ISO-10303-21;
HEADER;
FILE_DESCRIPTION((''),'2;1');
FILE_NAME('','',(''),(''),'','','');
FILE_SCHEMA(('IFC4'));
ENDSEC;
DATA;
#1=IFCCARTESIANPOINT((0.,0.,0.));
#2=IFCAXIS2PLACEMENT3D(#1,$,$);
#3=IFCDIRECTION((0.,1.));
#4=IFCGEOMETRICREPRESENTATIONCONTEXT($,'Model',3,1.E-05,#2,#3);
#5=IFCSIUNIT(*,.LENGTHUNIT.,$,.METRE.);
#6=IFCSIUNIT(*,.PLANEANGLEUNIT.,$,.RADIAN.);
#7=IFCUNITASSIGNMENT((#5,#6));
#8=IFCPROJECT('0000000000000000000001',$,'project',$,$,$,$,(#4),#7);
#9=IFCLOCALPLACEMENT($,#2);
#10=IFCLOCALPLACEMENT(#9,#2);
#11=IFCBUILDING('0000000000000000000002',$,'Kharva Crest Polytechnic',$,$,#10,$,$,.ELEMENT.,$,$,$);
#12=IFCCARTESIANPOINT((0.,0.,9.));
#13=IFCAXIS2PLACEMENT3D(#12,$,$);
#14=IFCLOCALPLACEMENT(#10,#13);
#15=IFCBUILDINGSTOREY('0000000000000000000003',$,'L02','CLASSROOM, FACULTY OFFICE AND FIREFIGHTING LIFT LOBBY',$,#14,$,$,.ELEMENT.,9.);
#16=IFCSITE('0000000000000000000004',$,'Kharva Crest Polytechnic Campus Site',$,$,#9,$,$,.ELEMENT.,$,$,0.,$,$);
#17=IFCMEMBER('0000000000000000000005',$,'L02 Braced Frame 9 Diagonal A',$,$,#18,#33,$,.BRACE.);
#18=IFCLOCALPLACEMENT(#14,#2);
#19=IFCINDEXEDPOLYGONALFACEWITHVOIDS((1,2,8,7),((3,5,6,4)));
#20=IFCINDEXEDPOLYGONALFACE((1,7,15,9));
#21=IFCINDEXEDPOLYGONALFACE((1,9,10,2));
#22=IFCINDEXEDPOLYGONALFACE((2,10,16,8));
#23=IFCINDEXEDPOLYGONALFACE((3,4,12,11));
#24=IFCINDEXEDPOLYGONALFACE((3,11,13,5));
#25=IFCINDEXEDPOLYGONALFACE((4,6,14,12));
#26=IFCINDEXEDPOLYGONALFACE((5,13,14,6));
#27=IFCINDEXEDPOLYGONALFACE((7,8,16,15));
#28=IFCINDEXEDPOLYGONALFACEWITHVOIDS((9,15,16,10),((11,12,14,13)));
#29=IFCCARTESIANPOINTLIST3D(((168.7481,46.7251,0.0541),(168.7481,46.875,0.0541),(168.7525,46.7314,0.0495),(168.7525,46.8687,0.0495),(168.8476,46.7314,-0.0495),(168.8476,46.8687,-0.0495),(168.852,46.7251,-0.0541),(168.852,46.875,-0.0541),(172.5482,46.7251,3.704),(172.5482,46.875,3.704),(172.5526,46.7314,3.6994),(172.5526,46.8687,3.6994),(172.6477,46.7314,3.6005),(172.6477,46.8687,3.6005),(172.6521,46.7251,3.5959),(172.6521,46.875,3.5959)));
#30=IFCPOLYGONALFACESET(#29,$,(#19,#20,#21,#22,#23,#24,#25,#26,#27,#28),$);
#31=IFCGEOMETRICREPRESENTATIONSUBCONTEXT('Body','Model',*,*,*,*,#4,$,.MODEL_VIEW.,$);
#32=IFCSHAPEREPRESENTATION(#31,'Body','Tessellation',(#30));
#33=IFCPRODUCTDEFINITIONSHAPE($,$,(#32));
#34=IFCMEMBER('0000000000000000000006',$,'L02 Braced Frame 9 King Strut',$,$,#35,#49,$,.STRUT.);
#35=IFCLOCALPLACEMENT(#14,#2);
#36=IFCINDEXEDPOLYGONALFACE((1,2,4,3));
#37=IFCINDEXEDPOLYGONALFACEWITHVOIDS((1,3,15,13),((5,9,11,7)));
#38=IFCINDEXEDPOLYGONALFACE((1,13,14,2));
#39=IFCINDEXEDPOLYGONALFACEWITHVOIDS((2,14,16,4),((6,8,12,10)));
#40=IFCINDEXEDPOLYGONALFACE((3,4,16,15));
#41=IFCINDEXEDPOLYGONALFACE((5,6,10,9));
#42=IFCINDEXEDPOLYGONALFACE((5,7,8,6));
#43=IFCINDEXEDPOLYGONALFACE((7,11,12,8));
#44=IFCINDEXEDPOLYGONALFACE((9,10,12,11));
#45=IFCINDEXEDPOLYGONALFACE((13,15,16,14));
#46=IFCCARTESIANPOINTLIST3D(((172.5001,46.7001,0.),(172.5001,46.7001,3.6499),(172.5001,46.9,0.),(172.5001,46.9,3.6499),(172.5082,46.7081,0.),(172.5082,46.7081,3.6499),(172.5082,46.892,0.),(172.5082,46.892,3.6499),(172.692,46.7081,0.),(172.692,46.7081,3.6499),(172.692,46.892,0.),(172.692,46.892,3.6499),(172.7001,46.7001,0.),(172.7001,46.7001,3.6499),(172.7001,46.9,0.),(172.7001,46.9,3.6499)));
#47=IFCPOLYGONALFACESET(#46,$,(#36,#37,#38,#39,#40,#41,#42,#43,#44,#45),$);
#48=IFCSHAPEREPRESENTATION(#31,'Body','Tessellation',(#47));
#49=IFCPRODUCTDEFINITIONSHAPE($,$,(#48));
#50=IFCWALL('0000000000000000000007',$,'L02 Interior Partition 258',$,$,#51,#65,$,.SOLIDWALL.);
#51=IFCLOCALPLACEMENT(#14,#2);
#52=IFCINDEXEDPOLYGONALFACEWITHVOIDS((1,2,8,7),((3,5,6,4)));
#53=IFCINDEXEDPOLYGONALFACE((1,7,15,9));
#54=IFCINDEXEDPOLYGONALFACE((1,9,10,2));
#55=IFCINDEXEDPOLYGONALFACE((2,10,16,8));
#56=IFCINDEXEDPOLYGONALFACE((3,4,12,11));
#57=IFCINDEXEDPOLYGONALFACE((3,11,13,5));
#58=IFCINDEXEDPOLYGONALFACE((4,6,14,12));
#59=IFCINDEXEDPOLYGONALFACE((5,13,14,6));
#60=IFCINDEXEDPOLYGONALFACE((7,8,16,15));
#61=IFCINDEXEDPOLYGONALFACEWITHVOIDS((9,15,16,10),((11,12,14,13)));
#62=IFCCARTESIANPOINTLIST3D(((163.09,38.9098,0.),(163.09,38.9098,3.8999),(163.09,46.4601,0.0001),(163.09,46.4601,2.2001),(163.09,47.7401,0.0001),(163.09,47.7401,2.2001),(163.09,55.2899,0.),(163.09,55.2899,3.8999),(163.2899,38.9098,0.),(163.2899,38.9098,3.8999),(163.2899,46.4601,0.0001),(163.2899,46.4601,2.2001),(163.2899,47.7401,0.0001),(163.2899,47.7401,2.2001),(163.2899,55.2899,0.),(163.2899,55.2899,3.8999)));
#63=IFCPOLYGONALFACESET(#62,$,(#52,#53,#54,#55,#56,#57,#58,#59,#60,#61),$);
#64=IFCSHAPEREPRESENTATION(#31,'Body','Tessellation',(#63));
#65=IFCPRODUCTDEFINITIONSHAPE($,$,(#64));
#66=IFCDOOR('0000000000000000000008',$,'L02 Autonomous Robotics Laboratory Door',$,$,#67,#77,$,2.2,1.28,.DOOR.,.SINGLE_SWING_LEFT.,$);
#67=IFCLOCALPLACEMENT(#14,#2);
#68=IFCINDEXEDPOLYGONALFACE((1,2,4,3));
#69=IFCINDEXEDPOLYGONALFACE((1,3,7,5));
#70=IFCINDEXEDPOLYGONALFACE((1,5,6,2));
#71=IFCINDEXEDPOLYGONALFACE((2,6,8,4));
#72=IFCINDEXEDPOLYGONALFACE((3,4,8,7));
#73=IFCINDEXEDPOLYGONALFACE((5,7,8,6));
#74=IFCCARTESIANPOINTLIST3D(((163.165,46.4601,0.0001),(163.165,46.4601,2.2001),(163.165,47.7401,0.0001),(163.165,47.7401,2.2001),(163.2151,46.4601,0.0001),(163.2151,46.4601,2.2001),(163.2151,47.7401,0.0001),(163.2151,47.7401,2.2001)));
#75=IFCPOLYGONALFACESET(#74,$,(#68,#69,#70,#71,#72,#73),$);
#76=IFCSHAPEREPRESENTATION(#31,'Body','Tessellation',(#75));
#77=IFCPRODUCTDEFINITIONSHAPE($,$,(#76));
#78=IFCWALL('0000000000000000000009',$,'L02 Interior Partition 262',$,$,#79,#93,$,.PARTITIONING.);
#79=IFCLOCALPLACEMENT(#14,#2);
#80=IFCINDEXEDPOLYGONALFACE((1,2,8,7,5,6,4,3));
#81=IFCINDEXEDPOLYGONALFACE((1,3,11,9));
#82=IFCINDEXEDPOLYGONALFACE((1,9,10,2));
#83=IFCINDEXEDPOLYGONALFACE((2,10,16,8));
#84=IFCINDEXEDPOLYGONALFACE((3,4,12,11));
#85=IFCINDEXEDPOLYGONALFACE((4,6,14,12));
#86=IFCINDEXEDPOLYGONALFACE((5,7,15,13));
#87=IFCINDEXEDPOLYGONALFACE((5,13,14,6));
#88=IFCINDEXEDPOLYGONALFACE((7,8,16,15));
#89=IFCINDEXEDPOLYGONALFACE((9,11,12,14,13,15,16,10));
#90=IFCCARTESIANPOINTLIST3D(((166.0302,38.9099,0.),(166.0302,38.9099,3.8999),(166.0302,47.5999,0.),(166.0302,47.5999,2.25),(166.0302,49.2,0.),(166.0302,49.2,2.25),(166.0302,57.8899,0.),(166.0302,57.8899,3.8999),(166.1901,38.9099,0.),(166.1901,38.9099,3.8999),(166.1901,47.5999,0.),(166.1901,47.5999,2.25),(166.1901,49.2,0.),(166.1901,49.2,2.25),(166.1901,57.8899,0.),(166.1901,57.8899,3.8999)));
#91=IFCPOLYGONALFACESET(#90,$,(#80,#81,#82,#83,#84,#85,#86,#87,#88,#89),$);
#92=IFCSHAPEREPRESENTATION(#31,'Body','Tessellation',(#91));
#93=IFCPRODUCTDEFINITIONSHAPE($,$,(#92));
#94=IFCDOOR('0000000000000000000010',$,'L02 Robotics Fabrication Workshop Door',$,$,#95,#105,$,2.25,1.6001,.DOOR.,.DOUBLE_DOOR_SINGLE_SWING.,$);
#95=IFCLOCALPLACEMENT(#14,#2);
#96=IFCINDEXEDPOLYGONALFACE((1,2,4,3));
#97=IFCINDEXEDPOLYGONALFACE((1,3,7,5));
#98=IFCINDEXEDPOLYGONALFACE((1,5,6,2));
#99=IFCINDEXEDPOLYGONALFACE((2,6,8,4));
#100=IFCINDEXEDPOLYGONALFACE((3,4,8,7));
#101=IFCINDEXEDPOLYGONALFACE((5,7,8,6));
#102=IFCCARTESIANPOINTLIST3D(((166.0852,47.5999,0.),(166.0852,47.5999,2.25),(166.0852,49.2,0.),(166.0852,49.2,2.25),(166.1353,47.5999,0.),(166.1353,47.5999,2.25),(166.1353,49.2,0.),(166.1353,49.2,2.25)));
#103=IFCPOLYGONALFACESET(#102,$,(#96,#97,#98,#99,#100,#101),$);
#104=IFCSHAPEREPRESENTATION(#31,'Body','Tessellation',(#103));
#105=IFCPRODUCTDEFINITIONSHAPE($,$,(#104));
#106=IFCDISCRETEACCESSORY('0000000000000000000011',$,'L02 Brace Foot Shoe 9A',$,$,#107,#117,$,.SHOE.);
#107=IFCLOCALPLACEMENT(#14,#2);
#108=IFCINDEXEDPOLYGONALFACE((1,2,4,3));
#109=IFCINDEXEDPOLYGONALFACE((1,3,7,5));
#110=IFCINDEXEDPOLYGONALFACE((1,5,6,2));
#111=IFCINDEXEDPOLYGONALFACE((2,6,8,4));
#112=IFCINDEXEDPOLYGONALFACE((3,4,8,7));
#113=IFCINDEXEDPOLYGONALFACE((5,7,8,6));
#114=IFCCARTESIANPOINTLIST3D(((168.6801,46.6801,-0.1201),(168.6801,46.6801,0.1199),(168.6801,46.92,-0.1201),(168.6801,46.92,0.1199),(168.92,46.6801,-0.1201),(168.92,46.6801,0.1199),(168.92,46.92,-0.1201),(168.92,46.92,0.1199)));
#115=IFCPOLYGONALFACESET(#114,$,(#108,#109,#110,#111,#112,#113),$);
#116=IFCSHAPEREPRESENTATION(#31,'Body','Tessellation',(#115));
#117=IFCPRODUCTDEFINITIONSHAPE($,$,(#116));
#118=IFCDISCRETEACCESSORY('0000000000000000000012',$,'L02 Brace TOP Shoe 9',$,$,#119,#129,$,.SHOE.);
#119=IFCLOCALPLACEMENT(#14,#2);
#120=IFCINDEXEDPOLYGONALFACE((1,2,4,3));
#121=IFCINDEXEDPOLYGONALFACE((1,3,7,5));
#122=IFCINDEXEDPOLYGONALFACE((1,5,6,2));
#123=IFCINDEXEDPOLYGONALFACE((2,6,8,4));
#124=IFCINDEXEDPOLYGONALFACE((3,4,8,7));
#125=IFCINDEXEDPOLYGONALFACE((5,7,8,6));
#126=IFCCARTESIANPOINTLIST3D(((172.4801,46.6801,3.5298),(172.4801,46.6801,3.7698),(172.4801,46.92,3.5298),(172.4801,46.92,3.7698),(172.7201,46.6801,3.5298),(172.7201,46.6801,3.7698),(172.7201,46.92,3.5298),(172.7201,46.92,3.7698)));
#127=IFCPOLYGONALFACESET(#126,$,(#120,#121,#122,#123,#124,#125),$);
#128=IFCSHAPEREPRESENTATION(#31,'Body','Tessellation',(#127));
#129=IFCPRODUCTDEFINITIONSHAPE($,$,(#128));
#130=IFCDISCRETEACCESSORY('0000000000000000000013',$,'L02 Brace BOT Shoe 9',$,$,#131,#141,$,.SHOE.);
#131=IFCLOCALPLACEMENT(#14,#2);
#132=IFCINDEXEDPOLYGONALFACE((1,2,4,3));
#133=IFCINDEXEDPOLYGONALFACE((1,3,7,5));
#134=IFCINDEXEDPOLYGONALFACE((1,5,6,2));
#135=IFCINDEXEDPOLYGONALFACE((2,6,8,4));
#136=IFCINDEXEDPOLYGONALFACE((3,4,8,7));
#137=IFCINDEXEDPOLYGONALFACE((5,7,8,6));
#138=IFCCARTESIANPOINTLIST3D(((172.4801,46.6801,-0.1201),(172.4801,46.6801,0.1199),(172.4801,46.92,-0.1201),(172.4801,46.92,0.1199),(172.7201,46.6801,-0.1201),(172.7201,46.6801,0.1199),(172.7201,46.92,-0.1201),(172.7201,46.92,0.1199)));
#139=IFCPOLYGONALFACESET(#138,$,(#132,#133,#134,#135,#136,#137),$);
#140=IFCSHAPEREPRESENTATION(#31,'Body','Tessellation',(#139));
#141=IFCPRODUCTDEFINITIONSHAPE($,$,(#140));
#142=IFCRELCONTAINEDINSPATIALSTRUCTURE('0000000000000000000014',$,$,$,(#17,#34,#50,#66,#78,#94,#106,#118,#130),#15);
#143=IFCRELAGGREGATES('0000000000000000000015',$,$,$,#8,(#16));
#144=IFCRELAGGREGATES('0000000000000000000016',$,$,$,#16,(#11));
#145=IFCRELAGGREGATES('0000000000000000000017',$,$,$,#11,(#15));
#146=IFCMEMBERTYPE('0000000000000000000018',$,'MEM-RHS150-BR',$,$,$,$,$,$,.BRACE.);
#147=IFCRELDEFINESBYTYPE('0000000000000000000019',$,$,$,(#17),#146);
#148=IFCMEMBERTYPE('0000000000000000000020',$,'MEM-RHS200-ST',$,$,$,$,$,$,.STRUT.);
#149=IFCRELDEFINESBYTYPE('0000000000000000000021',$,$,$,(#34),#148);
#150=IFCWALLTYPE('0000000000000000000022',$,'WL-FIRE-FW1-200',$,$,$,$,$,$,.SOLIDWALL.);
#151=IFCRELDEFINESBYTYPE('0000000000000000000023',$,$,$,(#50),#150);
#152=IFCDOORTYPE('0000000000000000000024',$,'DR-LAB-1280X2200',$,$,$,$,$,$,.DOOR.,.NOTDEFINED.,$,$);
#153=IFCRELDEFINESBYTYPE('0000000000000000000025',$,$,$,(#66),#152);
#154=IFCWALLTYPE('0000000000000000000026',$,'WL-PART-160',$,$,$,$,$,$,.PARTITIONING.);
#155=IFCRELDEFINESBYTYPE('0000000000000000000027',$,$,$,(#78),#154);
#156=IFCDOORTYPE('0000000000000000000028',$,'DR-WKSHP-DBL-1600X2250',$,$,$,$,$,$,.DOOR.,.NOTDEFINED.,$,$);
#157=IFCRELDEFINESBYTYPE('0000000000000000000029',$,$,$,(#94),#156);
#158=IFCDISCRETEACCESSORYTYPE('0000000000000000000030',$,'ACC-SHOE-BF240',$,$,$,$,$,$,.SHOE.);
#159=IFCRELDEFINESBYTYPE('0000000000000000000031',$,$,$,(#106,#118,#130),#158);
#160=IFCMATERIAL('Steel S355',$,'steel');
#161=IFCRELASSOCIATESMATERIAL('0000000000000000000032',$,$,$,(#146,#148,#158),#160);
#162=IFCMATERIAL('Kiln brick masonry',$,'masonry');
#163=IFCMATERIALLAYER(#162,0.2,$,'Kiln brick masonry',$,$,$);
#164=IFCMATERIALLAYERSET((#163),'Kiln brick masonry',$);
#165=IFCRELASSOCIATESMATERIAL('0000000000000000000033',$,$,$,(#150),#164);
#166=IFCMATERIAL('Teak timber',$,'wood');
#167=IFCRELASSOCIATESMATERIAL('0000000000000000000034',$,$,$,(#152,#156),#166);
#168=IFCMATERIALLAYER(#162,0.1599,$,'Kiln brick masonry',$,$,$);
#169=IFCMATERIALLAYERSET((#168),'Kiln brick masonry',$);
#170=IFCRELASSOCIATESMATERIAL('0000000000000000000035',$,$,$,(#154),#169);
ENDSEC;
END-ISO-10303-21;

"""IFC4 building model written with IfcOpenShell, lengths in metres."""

from ifc_helpers import new_model, si_unit, direction, frame, frame_2d, origin, origin_2d, place, context, subcontext, project, spatial, rectangle, hollow_rectangle, extrude, material, layer, layer_set, material_profile, profile_set, type_object, element, fill, save


model = new_model("IFC4")

# Units and contexts
model_context = context("Model", 3, precision=1e-05, world=origin(), true_north=direction((0.0, 1.0)))
body_context = subcontext(model_context, "Body", "Model", "MODEL_VIEW")
ifc_project = project(units=[si_unit("LENGTHUNIT", "METRE"), si_unit("PLANEANGLEUNIT", "RADIAN")], contexts=[model_context])

# Site, building, storey
site_placement = place(None, origin())
site = spatial("IfcSite", under=ifc_project, at=site_placement, Name="Kharva Crest Polytechnic Campus Site", CompositionType="ELEMENT", RefElevation=0.0)
building_placement = place(site_placement, origin())
building = spatial("IfcBuilding", under=site, at=building_placement, Name="Kharva Crest Polytechnic", CompositionType="ELEMENT")
storey_placement = place(building_placement, frame((0.0, 0.0, 9.0)))
storey = spatial("IfcBuildingStorey", under=building, at=storey_placement, Name="L02", Description="CLASSROOM, FACULTY OFFICE AND FIREFIGHTING LIFT LOBBY", CompositionType="ELEMENT", Elevation=9.0)

# Members
ifc_material_1 = material(Name="Steel S355", Category="steel")
ifc_material_profile_1 = material_profile(ifc_material_1, hollow_rectangle(XDim=0.1499, YDim=0.1499, WallThickness=0.0063, at=origin_2d()), Name="RHS 150X150X6.3")
ifc_profile_set_1 = profile_set([ifc_material_profile_1], Name="Steel S355")
member_type_1 = type_object("IfcMemberType", Name="MEM-RHS150-BR", PredefinedType="BRACE", material=ifc_profile_set_1)
member_1_placement = place(storey_placement, frame((168.8, 46.8, 0.0), z_axis=(0.721211, 0.0, 0.692715), x_axis=(0.0, 1.0, 0.0)))
element("IfcMember", 1, at=member_1_placement, inside=storey, type_object=member_type_1, Name="L02 Braced Frame 9 Diagonal A", PredefinedType="BRACE", context=body_context, shape_type="SweptSolid", body=[
    extrude(hollow_rectangle(XDim=0.1499, YDim=0.1499, WallThickness=0.0063, at=origin_2d()), origin(), (0.0, 0.0, 1.0), 5.269),
])
ifc_material_profile_2 = material_profile(ifc_material_1, hollow_rectangle(XDim=0.2, YDim=0.2, WallThickness=0.0081, at=origin_2d()), Name="RHS 200X200X8.0")
ifc_profile_set_2 = profile_set([ifc_material_profile_2], Name="Steel S355")
member_type_2 = type_object("IfcMemberType", Name="MEM-RHS200-ST", PredefinedType="STRUT", material=ifc_profile_set_2)
member_2_placement = place(storey_placement, frame((172.6001, 46.8, 0.0), z_axis=(0.0, 0.0, 1.0), x_axis=(1.0, 0.0, 0.0)))
element("IfcMember", 2, at=member_2_placement, inside=storey, type_object=member_type_2, Name="L02 Braced Frame 9 King Strut", PredefinedType="STRUT", context=body_context, shape_type="SweptSolid", body=[
    extrude(hollow_rectangle(XDim=0.2, YDim=0.2, WallThickness=0.0081, at=origin_2d()), origin(), (0.0, 0.0, 1.0), 3.6499),
])

# Walls, openings, doors
ifc_material_2 = material(Name="Kiln brick masonry", Category="masonry")
ifc_layer_1 = layer(ifc_material_2, 0.2, Name="Kiln brick masonry")
ifc_layer_set_1 = layer_set([ifc_layer_1], Name="Kiln brick masonry")
wall_type_1 = type_object("IfcWallType", Name="WL-FIRE-FW1-200", PredefinedType="SOLIDWALL", material=ifc_layer_set_1)
wall_1_placement = place(storey_placement, frame((163.1899, 38.9099, 0.0), z_axis=(0.0, 0.0, 1.0), x_axis=(0.0, 1.0, 0.0)))
wall_1 = element("IfcWall", 3, at=wall_1_placement, inside=storey, type_object=wall_type_1, Name="L02 Interior Partition 258", PredefinedType="SOLIDWALL", context=body_context, shape_type="SweptSolid", body=[
    extrude(rectangle(XDim=16.3801, YDim=0.2, at=frame_2d((8.1899, 0.0))), origin(), (0.0, 0.0, 1.0), 3.8999),
])
opening_1_placement = place(wall_1_placement, frame((7.55, 0.0, 0.0)))
opening_1 = element("IfcOpeningElement", 4, at=opening_1_placement, cuts=wall_1, PredefinedType="OPENING", context=body_context, shape_type="SweptSolid", body=[
    extrude(rectangle(XDim=1.28, YDim=2.2, at=frame_2d((0.6401, 1.1001))), frame((0.0, 0.1099, 0.0), z_axis=(0.0, -1.0, 0.0), x_axis=(1.0, 0.0, 0.0)), (0.0, 0.0, 1.0), 0.22),
])
ifc_material_3 = material(Name="Teak timber", Category="wood")
door_type_1 = type_object("IfcDoorType", Name="DR-LAB-1280X2200", OperationType="NOTDEFINED", PredefinedType="DOOR", material=ifc_material_3)
door_1_placement = place(opening_1_placement, origin())
door_1 = element("IfcDoor", 5, at=door_1_placement, inside=storey, type_object=door_type_1, Name="L02 Autonomous Robotics Laboratory Door", OperationType="SINGLE_SWING_LEFT", OverallHeight=2.2, OverallWidth=1.28, PredefinedType="DOOR", context=body_context, shape_type="SweptSolid", body=[
    extrude(rectangle(XDim=1.28, YDim=2.2, at=frame_2d((0.6401, 1.1001))), frame((0.0, 0.0249, 0.0), z_axis=(0.0, -1.0, 0.0), x_axis=(1.0, 0.0, 0.0)), (0.0, 0.0, 1.0), 0.05),
])
fill(opening_1, door_1)
ifc_layer_2 = layer(ifc_material_2, 0.1599, Name="Kiln brick masonry")
ifc_layer_set_2 = layer_set([ifc_layer_2], Name="Kiln brick masonry")
wall_type_2 = type_object("IfcWallType", Name="WL-PART-160", PredefinedType="PARTITIONING", material=ifc_layer_set_2)
wall_2_placement = place(storey_placement, frame((166.1101, 38.9099, 0.0), z_axis=(0.0, 0.0, 1.0), x_axis=(0.0, 1.0, 0.0)))
wall_2 = element("IfcWall", 6, at=wall_2_placement, inside=storey, type_object=wall_type_2, Name="L02 Interior Partition 262", PredefinedType="PARTITIONING", context=body_context, shape_type="SweptSolid", body=[
    extrude(rectangle(XDim=18.98, YDim=0.1599, at=frame_2d((9.49, 0.0))), origin(), (0.0, 0.0, 1.0), 3.8999),
])
opening_2_placement = place(wall_2_placement, frame((8.6899, 0.0, 0.0)))
opening_2 = element("IfcOpeningElement", 7, at=opening_2_placement, cuts=wall_2, PredefinedType="OPENING", context=body_context, shape_type="SweptSolid", body=[
    extrude(rectangle(XDim=1.6001, YDim=2.25, at=frame_2d((0.8, 1.125))), frame((0.0, 0.0898, 0.0), z_axis=(0.0, -1.0, 0.0), x_axis=(1.0, 0.0, 0.0)), (0.0, 0.0, 1.0), 0.1799),
])
door_type_2 = type_object("IfcDoorType", Name="DR-WKSHP-DBL-1600X2250", OperationType="NOTDEFINED", PredefinedType="DOOR", material=ifc_material_3)
door_2_placement = place(opening_2_placement, origin())
door_2 = element("IfcDoor", 8, at=door_2_placement, inside=storey, type_object=door_type_2, Name="L02 Robotics Fabrication Workshop Door", OperationType="DOUBLE_DOOR_SINGLE_SWING", OverallHeight=2.25, OverallWidth=1.6001, PredefinedType="DOOR", context=body_context, shape_type="SweptSolid", body=[
    extrude(rectangle(XDim=1.6001, YDim=2.25, at=frame_2d((0.8, 1.125))), frame((0.0, 0.0249, 0.0), z_axis=(0.0, -1.0, 0.0), x_axis=(1.0, 0.0, 0.0)), (0.0, 0.0, 1.0), 0.05),
])
fill(opening_2, door_2)

# Discrete accessories
discrete_accessory_type = type_object("IfcDiscreteAccessoryType", Name="ACC-SHOE-BF240", PredefinedType="SHOE", material=ifc_material_1)
for number, where, z_axis, x_axis, name in (
    (9, (168.8, 46.8, -0.1201), (0.0, 0.0, 1.0), (1.0, 0.0, 0.0), "L02 Brace Foot Shoe 9A"),
    (10, (172.6001, 46.8, 3.5298), (0.0, 0.0, 1.0), (1.0, 0.0, 0.0), "L02 Brace TOP Shoe 9"),
    (11, (172.6001, 46.8, -0.1201), (0.0, 0.0, 1.0), (1.0, 0.0, 0.0), "L02 Brace BOT Shoe 9"),
):
    element("IfcDiscreteAccessory", number, at=place(storey_placement, frame(where, z_axis=z_axis, x_axis=x_axis)), inside=storey, type_object=discrete_accessory_type, Name=name, PredefinedType="SHOE", context=body_context, shape_type="SweptSolid", body=[
        extrude(rectangle(XDim=0.24, YDim=0.24, at=origin_2d()), origin(), (0.0, 0.0, 1.0), 0.24),
    ])

save(model, "model.ifc")
